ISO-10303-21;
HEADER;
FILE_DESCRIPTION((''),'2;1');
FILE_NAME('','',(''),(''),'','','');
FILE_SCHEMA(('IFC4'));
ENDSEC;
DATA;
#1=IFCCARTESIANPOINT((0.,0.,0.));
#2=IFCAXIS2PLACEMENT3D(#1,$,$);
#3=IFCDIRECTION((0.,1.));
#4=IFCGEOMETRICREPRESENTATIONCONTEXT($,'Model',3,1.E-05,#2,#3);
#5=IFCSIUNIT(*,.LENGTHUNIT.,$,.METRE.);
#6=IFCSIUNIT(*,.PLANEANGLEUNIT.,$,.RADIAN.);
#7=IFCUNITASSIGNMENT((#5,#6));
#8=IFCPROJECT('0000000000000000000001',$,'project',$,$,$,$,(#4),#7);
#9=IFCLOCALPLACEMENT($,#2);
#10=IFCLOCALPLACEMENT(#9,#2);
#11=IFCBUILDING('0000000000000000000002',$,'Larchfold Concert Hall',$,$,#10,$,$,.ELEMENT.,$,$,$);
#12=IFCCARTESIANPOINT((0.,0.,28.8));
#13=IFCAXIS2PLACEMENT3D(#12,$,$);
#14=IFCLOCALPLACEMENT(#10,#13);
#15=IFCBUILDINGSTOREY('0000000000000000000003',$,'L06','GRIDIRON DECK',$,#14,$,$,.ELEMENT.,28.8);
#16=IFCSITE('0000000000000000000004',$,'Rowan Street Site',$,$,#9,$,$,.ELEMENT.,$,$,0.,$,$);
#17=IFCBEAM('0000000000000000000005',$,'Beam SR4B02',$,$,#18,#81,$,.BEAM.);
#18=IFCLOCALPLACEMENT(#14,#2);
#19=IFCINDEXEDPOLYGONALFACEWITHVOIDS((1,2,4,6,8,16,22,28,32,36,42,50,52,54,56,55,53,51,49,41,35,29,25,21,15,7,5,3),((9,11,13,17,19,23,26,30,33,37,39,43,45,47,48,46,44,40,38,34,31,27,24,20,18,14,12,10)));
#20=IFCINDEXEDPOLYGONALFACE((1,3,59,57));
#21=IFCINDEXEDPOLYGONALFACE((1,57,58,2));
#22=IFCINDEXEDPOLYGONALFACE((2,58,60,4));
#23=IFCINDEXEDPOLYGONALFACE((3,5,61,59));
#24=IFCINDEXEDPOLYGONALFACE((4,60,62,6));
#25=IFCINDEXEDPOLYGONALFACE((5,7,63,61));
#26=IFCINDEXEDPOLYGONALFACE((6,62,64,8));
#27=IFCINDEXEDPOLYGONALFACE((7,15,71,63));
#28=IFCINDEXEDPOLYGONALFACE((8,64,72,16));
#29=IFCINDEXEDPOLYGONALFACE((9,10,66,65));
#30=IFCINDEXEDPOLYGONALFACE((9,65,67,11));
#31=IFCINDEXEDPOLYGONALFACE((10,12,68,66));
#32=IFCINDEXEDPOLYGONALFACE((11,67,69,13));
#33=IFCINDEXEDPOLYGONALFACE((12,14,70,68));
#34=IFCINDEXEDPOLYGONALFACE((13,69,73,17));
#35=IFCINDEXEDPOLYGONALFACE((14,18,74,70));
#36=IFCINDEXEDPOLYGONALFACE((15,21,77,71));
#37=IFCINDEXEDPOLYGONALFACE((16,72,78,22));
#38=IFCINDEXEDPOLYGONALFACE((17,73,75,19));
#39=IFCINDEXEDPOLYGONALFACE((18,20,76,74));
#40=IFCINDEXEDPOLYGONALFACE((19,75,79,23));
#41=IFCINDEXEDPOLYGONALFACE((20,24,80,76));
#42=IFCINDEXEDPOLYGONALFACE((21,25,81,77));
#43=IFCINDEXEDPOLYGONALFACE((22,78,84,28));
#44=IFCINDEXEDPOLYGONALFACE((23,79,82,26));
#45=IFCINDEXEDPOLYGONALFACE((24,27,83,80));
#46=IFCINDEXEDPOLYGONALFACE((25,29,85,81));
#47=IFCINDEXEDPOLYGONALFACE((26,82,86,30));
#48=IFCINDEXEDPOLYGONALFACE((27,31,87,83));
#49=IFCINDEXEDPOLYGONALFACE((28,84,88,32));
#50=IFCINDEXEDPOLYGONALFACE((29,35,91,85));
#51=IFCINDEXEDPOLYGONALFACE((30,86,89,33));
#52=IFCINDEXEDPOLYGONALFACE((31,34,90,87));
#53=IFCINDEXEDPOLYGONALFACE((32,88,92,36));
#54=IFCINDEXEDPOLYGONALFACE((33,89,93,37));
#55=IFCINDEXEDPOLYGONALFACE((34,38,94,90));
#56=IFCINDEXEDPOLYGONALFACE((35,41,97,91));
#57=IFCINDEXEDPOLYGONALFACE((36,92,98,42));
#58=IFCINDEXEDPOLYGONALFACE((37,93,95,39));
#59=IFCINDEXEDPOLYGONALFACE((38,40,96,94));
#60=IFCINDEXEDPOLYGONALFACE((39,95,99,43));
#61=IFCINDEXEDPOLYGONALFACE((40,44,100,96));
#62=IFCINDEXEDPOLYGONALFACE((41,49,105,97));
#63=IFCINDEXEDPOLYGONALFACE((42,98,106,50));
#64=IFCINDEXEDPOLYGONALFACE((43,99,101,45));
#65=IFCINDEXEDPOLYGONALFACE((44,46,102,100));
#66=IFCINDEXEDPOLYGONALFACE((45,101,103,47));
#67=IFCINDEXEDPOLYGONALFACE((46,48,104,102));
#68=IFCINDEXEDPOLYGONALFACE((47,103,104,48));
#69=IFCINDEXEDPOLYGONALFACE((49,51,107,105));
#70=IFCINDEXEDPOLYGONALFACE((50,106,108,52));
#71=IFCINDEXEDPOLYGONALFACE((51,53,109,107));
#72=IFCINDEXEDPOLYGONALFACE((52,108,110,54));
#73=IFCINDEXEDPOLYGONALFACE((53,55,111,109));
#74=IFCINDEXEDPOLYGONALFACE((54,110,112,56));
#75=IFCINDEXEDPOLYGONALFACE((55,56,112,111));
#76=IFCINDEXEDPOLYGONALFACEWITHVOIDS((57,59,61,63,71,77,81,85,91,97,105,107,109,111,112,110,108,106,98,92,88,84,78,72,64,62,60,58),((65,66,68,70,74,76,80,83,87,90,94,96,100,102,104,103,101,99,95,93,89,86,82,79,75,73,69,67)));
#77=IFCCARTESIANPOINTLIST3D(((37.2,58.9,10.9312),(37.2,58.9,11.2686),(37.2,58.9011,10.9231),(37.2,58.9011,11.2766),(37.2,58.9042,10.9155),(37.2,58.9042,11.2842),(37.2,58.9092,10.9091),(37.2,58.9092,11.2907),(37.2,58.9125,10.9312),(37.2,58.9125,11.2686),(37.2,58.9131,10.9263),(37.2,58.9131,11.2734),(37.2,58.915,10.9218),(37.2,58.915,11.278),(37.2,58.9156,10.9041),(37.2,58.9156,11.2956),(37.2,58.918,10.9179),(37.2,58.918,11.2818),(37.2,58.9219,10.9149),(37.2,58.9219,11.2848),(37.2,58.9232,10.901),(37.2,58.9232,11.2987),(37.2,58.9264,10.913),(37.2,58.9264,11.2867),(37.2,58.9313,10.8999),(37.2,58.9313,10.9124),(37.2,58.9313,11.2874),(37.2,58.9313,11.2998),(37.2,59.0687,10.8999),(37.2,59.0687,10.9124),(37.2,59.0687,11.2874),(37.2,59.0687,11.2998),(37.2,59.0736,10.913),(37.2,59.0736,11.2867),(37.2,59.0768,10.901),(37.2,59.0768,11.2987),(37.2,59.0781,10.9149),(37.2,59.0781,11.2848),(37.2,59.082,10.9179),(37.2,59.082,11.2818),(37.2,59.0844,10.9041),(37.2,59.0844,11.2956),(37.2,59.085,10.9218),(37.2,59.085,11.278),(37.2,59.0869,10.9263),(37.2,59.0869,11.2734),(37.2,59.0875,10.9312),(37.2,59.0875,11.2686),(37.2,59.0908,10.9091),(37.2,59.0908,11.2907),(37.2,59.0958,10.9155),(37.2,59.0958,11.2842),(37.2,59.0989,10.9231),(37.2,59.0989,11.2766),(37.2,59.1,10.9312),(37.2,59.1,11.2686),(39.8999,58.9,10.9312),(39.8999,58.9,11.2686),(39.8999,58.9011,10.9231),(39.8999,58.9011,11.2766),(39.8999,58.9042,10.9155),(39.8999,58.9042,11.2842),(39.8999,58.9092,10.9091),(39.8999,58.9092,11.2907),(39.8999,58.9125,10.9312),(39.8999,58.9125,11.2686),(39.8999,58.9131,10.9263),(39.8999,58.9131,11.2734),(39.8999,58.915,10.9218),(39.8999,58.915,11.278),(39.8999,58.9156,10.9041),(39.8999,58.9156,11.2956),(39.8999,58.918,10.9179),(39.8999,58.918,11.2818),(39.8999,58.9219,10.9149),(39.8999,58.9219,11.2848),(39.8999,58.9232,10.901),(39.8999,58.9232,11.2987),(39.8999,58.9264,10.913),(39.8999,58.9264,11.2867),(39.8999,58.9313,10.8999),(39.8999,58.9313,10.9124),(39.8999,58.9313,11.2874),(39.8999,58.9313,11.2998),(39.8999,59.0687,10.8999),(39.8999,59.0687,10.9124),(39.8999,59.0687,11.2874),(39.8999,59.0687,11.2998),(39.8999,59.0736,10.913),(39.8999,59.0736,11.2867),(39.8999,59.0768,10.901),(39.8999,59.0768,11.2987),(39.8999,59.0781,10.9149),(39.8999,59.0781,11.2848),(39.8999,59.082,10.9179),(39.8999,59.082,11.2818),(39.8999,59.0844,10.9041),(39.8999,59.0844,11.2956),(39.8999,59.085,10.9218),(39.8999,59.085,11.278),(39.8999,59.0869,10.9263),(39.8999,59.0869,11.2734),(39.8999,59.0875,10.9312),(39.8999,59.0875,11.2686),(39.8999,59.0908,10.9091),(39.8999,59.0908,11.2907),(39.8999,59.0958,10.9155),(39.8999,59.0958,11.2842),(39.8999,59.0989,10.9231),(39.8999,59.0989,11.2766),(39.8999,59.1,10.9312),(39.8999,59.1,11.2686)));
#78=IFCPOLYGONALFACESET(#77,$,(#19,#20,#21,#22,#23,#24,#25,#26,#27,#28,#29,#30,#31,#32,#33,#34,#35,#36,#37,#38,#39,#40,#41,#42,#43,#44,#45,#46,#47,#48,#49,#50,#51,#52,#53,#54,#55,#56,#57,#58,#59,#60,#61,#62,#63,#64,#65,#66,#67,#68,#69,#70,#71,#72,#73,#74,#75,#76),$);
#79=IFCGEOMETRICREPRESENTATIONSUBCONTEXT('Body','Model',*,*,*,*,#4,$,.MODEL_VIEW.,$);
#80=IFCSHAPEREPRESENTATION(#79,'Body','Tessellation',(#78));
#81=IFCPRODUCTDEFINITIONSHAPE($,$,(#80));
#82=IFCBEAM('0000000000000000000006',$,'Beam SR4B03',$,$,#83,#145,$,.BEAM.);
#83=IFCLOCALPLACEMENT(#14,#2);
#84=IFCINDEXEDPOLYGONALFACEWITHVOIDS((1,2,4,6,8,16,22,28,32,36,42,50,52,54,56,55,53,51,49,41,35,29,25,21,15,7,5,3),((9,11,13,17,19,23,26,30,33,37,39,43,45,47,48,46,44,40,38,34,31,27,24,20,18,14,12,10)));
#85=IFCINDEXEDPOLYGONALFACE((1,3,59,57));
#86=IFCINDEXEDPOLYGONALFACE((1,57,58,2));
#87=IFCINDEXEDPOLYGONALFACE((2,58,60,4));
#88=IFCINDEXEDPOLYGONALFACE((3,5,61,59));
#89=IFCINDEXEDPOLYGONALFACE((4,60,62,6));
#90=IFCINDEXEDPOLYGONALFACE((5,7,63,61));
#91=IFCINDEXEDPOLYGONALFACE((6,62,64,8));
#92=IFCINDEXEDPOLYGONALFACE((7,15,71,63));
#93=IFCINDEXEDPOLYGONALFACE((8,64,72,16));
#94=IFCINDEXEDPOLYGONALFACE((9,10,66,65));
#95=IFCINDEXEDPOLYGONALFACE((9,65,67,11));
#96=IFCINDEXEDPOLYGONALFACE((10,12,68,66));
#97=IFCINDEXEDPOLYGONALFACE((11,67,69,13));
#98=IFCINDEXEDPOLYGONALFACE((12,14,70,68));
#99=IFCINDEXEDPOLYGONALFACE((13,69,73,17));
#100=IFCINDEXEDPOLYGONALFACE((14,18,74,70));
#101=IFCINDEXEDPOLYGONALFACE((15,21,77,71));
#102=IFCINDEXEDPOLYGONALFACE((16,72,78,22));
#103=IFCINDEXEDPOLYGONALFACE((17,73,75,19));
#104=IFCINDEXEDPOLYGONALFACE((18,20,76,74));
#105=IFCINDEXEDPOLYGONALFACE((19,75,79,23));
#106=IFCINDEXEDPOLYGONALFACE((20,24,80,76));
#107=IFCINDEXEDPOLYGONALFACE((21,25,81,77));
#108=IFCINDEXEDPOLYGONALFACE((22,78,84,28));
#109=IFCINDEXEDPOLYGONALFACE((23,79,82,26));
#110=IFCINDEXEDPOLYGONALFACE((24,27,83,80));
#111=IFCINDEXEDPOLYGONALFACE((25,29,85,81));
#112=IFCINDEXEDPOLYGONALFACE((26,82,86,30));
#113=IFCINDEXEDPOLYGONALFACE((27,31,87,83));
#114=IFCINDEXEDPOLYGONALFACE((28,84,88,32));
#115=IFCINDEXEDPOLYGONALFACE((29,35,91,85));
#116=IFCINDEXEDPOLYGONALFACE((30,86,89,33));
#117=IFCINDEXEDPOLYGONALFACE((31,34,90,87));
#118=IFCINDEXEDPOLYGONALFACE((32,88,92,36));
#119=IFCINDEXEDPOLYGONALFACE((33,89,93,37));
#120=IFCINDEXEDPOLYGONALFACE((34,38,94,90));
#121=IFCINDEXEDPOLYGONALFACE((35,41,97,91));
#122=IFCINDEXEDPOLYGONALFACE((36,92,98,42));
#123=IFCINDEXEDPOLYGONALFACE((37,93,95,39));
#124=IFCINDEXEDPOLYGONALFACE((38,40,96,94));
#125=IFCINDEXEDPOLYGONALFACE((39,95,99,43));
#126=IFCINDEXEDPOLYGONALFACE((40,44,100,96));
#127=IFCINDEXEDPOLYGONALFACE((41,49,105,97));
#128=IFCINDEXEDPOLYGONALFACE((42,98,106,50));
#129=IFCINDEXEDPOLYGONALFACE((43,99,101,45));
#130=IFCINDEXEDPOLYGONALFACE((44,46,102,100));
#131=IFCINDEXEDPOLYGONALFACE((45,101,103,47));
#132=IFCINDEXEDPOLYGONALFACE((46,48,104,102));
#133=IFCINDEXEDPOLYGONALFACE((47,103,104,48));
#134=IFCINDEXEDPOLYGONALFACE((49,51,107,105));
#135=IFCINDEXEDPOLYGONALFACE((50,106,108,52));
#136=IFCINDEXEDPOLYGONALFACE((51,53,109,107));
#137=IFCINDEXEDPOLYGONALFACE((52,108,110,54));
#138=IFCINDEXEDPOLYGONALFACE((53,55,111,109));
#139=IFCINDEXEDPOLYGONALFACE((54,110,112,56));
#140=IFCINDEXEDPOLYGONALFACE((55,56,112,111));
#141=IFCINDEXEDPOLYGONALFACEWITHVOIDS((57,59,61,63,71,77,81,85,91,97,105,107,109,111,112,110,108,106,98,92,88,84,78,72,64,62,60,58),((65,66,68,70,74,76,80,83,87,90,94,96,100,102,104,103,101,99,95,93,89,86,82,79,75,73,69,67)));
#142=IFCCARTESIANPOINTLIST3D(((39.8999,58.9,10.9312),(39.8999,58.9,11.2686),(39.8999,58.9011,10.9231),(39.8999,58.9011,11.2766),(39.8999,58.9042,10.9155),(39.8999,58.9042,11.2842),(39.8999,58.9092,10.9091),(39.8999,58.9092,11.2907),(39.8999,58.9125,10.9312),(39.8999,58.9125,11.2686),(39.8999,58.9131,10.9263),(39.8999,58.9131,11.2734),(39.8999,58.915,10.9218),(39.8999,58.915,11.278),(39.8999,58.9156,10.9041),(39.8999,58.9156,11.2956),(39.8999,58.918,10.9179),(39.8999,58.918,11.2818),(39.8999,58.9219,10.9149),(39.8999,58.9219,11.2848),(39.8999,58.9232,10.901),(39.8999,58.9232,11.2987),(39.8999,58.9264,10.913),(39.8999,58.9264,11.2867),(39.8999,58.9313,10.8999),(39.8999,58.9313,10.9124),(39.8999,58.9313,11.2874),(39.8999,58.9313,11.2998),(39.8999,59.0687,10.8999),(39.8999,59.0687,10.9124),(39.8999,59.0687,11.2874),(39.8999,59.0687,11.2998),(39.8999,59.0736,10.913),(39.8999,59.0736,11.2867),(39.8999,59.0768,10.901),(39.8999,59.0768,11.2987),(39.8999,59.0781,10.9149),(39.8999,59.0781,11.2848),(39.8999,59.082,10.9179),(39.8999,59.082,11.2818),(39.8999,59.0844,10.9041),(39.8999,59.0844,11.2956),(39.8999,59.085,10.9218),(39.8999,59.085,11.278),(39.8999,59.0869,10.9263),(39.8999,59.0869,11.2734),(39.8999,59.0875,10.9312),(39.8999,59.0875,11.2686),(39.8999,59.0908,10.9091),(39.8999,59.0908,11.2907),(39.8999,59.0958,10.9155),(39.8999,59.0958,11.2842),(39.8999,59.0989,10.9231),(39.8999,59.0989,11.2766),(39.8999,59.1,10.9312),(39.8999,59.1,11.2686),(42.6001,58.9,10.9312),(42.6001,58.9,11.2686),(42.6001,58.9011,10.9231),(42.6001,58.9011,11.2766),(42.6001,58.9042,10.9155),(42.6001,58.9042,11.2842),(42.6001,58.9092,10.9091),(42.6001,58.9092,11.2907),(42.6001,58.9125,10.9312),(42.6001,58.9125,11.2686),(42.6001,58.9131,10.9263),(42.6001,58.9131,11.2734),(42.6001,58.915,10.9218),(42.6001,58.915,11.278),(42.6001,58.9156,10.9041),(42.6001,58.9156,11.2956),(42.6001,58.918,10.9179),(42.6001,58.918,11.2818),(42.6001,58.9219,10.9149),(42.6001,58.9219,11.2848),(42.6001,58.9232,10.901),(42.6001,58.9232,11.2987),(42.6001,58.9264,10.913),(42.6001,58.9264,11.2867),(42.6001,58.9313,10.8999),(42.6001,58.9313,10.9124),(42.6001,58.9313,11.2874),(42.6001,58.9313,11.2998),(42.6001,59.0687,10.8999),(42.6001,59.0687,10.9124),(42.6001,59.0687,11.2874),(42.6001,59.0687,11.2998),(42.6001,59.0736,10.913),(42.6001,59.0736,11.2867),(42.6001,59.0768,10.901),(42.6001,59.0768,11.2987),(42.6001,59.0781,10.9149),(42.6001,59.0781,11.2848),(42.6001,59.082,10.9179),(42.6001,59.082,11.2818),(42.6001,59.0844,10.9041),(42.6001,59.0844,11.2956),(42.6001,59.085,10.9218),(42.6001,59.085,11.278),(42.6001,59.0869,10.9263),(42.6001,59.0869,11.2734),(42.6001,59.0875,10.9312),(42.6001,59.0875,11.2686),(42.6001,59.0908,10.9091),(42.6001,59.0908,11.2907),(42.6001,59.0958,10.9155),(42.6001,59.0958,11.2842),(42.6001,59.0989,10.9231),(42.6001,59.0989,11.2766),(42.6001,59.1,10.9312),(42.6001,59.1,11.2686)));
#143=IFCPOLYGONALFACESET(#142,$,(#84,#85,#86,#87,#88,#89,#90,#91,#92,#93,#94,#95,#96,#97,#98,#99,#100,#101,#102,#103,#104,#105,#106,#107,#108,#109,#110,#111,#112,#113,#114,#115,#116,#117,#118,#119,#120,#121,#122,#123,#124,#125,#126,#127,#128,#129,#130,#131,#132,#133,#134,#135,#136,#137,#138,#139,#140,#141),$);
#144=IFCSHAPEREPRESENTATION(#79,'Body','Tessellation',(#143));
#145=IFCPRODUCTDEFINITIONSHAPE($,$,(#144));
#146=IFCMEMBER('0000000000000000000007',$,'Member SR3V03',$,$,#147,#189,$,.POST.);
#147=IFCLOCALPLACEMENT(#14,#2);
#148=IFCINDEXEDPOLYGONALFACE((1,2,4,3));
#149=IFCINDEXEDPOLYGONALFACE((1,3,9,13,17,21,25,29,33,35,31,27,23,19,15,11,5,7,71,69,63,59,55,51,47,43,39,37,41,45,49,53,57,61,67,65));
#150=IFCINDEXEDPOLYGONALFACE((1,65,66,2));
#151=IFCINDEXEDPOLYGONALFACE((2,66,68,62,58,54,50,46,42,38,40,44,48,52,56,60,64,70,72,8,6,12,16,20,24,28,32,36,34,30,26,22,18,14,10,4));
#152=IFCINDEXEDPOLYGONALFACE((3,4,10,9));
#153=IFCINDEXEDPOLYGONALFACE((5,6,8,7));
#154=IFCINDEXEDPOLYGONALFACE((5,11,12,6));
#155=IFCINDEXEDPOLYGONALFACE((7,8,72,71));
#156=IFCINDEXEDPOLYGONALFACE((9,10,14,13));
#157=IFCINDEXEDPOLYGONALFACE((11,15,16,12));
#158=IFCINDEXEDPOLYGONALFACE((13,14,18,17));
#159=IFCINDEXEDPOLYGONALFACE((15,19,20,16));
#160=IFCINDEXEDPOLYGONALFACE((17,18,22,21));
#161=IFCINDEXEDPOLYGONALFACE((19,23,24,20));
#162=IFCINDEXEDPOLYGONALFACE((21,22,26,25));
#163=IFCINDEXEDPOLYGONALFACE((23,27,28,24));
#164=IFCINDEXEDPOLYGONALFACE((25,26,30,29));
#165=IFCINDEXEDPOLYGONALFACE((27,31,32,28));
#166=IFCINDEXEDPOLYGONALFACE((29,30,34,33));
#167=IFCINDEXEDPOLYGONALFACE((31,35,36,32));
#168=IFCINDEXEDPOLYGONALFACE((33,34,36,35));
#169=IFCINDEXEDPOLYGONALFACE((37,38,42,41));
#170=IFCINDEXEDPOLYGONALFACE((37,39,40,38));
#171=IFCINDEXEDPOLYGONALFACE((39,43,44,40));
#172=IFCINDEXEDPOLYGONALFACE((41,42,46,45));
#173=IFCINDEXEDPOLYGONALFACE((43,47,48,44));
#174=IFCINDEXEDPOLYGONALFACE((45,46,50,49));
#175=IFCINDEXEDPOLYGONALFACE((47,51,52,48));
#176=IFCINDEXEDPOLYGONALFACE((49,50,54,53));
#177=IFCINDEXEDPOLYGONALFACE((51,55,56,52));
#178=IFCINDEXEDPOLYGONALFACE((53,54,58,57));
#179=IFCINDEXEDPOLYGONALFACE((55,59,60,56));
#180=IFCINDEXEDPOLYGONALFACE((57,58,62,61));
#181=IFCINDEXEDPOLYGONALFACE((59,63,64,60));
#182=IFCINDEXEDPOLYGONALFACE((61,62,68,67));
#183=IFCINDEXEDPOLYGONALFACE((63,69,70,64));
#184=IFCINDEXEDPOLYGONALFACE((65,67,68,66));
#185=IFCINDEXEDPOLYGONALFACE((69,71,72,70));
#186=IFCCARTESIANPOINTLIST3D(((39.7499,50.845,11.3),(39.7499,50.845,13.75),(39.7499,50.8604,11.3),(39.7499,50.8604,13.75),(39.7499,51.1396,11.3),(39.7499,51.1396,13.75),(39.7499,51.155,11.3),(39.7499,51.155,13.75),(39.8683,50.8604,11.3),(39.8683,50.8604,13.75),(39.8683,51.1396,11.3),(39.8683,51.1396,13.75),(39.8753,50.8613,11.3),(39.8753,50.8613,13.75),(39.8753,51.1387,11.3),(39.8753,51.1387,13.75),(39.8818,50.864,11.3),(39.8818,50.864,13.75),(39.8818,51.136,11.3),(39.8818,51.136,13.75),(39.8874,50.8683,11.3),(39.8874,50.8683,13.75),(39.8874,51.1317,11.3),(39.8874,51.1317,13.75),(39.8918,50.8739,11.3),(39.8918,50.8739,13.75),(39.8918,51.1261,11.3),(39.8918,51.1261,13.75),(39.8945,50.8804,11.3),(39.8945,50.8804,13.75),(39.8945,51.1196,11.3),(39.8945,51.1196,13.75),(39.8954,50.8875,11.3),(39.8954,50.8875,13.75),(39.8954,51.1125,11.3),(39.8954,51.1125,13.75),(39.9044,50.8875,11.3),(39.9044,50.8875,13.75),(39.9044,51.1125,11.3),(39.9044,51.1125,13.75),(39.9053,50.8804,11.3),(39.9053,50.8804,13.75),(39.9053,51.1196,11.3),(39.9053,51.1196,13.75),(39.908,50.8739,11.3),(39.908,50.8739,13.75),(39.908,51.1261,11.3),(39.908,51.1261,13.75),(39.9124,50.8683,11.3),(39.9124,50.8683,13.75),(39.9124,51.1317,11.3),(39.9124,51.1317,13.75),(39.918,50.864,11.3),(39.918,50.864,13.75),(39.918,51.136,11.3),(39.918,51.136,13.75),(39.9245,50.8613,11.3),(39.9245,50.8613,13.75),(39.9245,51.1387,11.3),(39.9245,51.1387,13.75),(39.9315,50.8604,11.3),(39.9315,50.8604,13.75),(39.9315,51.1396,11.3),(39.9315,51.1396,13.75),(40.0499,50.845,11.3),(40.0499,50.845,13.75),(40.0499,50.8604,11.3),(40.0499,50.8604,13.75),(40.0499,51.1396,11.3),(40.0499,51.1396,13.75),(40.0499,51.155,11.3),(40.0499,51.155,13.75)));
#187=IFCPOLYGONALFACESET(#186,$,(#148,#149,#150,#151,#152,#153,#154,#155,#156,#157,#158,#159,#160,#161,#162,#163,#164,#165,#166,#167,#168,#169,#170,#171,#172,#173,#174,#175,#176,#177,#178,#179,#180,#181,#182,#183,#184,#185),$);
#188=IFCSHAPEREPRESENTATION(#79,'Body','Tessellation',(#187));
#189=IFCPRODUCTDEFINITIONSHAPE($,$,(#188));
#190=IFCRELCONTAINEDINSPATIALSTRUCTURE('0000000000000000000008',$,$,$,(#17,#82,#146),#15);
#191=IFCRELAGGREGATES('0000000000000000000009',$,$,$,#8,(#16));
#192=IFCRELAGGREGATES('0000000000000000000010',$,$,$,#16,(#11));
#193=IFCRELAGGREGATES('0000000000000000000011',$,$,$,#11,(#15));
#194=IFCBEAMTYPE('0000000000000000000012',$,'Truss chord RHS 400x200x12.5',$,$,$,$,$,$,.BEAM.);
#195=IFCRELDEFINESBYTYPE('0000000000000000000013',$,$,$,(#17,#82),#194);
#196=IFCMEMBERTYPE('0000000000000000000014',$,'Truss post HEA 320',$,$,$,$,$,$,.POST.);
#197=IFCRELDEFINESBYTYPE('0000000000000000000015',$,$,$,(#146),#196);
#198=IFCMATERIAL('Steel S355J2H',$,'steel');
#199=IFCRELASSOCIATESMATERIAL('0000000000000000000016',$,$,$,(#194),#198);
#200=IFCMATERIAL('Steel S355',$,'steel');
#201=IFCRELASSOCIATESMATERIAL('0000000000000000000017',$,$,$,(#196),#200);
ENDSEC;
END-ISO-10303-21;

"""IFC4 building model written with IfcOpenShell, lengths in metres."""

from ifc_helpers import new_model, si_unit, direction, frame, origin, origin_2d, place, context, subcontext, project, spatial, hollow_rectangle, i_section, extrude, material, material_profile, profile_set, type_object, element, save


model = new_model("IFC4")

# Units and contexts
model_context = context("Model", 3, precision=1e-05, world=origin(), true_north=direction((0.0, 1.0)))
body_context = subcontext(model_context, "Body", "Model", "MODEL_VIEW")
ifc_project = project(units=[si_unit("LENGTHUNIT", "METRE"), si_unit("PLANEANGLEUNIT", "RADIAN")], contexts=[model_context])

# Site, building, storey
site_placement = place(None, origin())
site = spatial("IfcSite", under=ifc_project, at=site_placement, Name="Rowan Street Site", CompositionType="ELEMENT", RefElevation=0.0)
building_placement = place(site_placement, origin())
building = spatial("IfcBuilding", under=site, at=building_placement, Name="Larchfold Concert Hall", CompositionType="ELEMENT")
storey_placement = place(building_placement, frame((0.0, 0.0, 28.8)))
storey = spatial("IfcBuildingStorey", under=building, at=storey_placement, Name="L06", Description="GRIDIRON DECK", CompositionType="ELEMENT", Elevation=28.8)

# Beams
ifc_material_1 = material(Name="Steel S355J2H", Category="steel")
ifc_material_profile_1 = material_profile(ifc_material_1, hollow_rectangle(XDim=0.2, YDim=0.3999, WallThickness=0.0125, InnerFilletRadius=0.0188, OuterFilletRadius=0.0312, at=origin_2d()))
ifc_profile_set_1 = profile_set([ifc_material_profile_1], Name="Steel S355J2H")
beam_type_1 = type_object("IfcBeamType", Name="Truss chord RHS 400x200x12.5", PredefinedType="BEAM", material=ifc_profile_set_1)
beam_1_placement = place(storey_placement, frame((37.2, 59.0, 11.0999), z_axis=(1.0, 0.0, 0.0), x_axis=(0.0, 1.0, 0.0)))
element("IfcBeam", 1, at=beam_1_placement, inside=storey, type_object=beam_type_1, Name="Beam SR4B02", PredefinedType="BEAM", context=body_context, shape_type="SweptSolid", body=[
    extrude(hollow_rectangle(XDim=0.2, YDim=0.3999, WallThickness=0.0125, InnerFilletRadius=0.0188, OuterFilletRadius=0.0312, at=origin_2d()), origin(), (0.0, 0.0, 1.0), 2.7),
])
beam_2_placement = place(storey_placement, frame((39.8999, 59.0, 11.0999), z_axis=(1.0, 0.0, 0.0), x_axis=(0.0, 1.0, 0.0)))
element("IfcBeam", 2, at=beam_2_placement, inside=storey, type_object=beam_type_1, Name="Beam SR4B03", PredefinedType="BEAM", context=body_context, shape_type="SweptSolid", body=[
    extrude(hollow_rectangle(XDim=0.2, YDim=0.3999, WallThickness=0.0125, InnerFilletRadius=0.0188, OuterFilletRadius=0.0312, at=origin_2d()), origin(), (0.0, 0.0, 1.0), 2.7002),
])

# Member
ifc_material_2 = material(Name="Steel S355", Category="steel")
ifc_material_profile_2 = material_profile(ifc_material_2, i_section(OverallWidth=0.3, OverallDepth=0.3101, WebThickness=0.009, FlangeThickness=0.0154, FilletRadius=0.0271, at=origin_2d()))
ifc_profile_set_2 = profile_set([ifc_material_profile_2], Name="Steel S355")
member_type_1 = type_object("IfcMemberType", Name="Truss post HEA 320", PredefinedType="POST", material=ifc_profile_set_2)
for number, where, z_axis, x_axis, name in (
    (3, (39.8999, 51.0, 11.3), (0.0, 0.0, 1.0), (1.0, 0.0, 0.0), "Member SR3V03"),
):
    element("IfcMember", number, at=place(storey_placement, frame(where, z_axis=z_axis, x_axis=x_axis)), inside=storey, type_object=member_type_1, Name=name, PredefinedType="POST", context=body_context, shape_type="SweptSolid", body=[
        extrude(i_section(OverallWidth=0.3, OverallDepth=0.3101, WebThickness=0.009, FlangeThickness=0.0154, FilletRadius=0.0271, at=origin_2d()), origin(), (0.0, 0.0, 1.0), 2.45),
    ])

save(model, "model.ifc")
